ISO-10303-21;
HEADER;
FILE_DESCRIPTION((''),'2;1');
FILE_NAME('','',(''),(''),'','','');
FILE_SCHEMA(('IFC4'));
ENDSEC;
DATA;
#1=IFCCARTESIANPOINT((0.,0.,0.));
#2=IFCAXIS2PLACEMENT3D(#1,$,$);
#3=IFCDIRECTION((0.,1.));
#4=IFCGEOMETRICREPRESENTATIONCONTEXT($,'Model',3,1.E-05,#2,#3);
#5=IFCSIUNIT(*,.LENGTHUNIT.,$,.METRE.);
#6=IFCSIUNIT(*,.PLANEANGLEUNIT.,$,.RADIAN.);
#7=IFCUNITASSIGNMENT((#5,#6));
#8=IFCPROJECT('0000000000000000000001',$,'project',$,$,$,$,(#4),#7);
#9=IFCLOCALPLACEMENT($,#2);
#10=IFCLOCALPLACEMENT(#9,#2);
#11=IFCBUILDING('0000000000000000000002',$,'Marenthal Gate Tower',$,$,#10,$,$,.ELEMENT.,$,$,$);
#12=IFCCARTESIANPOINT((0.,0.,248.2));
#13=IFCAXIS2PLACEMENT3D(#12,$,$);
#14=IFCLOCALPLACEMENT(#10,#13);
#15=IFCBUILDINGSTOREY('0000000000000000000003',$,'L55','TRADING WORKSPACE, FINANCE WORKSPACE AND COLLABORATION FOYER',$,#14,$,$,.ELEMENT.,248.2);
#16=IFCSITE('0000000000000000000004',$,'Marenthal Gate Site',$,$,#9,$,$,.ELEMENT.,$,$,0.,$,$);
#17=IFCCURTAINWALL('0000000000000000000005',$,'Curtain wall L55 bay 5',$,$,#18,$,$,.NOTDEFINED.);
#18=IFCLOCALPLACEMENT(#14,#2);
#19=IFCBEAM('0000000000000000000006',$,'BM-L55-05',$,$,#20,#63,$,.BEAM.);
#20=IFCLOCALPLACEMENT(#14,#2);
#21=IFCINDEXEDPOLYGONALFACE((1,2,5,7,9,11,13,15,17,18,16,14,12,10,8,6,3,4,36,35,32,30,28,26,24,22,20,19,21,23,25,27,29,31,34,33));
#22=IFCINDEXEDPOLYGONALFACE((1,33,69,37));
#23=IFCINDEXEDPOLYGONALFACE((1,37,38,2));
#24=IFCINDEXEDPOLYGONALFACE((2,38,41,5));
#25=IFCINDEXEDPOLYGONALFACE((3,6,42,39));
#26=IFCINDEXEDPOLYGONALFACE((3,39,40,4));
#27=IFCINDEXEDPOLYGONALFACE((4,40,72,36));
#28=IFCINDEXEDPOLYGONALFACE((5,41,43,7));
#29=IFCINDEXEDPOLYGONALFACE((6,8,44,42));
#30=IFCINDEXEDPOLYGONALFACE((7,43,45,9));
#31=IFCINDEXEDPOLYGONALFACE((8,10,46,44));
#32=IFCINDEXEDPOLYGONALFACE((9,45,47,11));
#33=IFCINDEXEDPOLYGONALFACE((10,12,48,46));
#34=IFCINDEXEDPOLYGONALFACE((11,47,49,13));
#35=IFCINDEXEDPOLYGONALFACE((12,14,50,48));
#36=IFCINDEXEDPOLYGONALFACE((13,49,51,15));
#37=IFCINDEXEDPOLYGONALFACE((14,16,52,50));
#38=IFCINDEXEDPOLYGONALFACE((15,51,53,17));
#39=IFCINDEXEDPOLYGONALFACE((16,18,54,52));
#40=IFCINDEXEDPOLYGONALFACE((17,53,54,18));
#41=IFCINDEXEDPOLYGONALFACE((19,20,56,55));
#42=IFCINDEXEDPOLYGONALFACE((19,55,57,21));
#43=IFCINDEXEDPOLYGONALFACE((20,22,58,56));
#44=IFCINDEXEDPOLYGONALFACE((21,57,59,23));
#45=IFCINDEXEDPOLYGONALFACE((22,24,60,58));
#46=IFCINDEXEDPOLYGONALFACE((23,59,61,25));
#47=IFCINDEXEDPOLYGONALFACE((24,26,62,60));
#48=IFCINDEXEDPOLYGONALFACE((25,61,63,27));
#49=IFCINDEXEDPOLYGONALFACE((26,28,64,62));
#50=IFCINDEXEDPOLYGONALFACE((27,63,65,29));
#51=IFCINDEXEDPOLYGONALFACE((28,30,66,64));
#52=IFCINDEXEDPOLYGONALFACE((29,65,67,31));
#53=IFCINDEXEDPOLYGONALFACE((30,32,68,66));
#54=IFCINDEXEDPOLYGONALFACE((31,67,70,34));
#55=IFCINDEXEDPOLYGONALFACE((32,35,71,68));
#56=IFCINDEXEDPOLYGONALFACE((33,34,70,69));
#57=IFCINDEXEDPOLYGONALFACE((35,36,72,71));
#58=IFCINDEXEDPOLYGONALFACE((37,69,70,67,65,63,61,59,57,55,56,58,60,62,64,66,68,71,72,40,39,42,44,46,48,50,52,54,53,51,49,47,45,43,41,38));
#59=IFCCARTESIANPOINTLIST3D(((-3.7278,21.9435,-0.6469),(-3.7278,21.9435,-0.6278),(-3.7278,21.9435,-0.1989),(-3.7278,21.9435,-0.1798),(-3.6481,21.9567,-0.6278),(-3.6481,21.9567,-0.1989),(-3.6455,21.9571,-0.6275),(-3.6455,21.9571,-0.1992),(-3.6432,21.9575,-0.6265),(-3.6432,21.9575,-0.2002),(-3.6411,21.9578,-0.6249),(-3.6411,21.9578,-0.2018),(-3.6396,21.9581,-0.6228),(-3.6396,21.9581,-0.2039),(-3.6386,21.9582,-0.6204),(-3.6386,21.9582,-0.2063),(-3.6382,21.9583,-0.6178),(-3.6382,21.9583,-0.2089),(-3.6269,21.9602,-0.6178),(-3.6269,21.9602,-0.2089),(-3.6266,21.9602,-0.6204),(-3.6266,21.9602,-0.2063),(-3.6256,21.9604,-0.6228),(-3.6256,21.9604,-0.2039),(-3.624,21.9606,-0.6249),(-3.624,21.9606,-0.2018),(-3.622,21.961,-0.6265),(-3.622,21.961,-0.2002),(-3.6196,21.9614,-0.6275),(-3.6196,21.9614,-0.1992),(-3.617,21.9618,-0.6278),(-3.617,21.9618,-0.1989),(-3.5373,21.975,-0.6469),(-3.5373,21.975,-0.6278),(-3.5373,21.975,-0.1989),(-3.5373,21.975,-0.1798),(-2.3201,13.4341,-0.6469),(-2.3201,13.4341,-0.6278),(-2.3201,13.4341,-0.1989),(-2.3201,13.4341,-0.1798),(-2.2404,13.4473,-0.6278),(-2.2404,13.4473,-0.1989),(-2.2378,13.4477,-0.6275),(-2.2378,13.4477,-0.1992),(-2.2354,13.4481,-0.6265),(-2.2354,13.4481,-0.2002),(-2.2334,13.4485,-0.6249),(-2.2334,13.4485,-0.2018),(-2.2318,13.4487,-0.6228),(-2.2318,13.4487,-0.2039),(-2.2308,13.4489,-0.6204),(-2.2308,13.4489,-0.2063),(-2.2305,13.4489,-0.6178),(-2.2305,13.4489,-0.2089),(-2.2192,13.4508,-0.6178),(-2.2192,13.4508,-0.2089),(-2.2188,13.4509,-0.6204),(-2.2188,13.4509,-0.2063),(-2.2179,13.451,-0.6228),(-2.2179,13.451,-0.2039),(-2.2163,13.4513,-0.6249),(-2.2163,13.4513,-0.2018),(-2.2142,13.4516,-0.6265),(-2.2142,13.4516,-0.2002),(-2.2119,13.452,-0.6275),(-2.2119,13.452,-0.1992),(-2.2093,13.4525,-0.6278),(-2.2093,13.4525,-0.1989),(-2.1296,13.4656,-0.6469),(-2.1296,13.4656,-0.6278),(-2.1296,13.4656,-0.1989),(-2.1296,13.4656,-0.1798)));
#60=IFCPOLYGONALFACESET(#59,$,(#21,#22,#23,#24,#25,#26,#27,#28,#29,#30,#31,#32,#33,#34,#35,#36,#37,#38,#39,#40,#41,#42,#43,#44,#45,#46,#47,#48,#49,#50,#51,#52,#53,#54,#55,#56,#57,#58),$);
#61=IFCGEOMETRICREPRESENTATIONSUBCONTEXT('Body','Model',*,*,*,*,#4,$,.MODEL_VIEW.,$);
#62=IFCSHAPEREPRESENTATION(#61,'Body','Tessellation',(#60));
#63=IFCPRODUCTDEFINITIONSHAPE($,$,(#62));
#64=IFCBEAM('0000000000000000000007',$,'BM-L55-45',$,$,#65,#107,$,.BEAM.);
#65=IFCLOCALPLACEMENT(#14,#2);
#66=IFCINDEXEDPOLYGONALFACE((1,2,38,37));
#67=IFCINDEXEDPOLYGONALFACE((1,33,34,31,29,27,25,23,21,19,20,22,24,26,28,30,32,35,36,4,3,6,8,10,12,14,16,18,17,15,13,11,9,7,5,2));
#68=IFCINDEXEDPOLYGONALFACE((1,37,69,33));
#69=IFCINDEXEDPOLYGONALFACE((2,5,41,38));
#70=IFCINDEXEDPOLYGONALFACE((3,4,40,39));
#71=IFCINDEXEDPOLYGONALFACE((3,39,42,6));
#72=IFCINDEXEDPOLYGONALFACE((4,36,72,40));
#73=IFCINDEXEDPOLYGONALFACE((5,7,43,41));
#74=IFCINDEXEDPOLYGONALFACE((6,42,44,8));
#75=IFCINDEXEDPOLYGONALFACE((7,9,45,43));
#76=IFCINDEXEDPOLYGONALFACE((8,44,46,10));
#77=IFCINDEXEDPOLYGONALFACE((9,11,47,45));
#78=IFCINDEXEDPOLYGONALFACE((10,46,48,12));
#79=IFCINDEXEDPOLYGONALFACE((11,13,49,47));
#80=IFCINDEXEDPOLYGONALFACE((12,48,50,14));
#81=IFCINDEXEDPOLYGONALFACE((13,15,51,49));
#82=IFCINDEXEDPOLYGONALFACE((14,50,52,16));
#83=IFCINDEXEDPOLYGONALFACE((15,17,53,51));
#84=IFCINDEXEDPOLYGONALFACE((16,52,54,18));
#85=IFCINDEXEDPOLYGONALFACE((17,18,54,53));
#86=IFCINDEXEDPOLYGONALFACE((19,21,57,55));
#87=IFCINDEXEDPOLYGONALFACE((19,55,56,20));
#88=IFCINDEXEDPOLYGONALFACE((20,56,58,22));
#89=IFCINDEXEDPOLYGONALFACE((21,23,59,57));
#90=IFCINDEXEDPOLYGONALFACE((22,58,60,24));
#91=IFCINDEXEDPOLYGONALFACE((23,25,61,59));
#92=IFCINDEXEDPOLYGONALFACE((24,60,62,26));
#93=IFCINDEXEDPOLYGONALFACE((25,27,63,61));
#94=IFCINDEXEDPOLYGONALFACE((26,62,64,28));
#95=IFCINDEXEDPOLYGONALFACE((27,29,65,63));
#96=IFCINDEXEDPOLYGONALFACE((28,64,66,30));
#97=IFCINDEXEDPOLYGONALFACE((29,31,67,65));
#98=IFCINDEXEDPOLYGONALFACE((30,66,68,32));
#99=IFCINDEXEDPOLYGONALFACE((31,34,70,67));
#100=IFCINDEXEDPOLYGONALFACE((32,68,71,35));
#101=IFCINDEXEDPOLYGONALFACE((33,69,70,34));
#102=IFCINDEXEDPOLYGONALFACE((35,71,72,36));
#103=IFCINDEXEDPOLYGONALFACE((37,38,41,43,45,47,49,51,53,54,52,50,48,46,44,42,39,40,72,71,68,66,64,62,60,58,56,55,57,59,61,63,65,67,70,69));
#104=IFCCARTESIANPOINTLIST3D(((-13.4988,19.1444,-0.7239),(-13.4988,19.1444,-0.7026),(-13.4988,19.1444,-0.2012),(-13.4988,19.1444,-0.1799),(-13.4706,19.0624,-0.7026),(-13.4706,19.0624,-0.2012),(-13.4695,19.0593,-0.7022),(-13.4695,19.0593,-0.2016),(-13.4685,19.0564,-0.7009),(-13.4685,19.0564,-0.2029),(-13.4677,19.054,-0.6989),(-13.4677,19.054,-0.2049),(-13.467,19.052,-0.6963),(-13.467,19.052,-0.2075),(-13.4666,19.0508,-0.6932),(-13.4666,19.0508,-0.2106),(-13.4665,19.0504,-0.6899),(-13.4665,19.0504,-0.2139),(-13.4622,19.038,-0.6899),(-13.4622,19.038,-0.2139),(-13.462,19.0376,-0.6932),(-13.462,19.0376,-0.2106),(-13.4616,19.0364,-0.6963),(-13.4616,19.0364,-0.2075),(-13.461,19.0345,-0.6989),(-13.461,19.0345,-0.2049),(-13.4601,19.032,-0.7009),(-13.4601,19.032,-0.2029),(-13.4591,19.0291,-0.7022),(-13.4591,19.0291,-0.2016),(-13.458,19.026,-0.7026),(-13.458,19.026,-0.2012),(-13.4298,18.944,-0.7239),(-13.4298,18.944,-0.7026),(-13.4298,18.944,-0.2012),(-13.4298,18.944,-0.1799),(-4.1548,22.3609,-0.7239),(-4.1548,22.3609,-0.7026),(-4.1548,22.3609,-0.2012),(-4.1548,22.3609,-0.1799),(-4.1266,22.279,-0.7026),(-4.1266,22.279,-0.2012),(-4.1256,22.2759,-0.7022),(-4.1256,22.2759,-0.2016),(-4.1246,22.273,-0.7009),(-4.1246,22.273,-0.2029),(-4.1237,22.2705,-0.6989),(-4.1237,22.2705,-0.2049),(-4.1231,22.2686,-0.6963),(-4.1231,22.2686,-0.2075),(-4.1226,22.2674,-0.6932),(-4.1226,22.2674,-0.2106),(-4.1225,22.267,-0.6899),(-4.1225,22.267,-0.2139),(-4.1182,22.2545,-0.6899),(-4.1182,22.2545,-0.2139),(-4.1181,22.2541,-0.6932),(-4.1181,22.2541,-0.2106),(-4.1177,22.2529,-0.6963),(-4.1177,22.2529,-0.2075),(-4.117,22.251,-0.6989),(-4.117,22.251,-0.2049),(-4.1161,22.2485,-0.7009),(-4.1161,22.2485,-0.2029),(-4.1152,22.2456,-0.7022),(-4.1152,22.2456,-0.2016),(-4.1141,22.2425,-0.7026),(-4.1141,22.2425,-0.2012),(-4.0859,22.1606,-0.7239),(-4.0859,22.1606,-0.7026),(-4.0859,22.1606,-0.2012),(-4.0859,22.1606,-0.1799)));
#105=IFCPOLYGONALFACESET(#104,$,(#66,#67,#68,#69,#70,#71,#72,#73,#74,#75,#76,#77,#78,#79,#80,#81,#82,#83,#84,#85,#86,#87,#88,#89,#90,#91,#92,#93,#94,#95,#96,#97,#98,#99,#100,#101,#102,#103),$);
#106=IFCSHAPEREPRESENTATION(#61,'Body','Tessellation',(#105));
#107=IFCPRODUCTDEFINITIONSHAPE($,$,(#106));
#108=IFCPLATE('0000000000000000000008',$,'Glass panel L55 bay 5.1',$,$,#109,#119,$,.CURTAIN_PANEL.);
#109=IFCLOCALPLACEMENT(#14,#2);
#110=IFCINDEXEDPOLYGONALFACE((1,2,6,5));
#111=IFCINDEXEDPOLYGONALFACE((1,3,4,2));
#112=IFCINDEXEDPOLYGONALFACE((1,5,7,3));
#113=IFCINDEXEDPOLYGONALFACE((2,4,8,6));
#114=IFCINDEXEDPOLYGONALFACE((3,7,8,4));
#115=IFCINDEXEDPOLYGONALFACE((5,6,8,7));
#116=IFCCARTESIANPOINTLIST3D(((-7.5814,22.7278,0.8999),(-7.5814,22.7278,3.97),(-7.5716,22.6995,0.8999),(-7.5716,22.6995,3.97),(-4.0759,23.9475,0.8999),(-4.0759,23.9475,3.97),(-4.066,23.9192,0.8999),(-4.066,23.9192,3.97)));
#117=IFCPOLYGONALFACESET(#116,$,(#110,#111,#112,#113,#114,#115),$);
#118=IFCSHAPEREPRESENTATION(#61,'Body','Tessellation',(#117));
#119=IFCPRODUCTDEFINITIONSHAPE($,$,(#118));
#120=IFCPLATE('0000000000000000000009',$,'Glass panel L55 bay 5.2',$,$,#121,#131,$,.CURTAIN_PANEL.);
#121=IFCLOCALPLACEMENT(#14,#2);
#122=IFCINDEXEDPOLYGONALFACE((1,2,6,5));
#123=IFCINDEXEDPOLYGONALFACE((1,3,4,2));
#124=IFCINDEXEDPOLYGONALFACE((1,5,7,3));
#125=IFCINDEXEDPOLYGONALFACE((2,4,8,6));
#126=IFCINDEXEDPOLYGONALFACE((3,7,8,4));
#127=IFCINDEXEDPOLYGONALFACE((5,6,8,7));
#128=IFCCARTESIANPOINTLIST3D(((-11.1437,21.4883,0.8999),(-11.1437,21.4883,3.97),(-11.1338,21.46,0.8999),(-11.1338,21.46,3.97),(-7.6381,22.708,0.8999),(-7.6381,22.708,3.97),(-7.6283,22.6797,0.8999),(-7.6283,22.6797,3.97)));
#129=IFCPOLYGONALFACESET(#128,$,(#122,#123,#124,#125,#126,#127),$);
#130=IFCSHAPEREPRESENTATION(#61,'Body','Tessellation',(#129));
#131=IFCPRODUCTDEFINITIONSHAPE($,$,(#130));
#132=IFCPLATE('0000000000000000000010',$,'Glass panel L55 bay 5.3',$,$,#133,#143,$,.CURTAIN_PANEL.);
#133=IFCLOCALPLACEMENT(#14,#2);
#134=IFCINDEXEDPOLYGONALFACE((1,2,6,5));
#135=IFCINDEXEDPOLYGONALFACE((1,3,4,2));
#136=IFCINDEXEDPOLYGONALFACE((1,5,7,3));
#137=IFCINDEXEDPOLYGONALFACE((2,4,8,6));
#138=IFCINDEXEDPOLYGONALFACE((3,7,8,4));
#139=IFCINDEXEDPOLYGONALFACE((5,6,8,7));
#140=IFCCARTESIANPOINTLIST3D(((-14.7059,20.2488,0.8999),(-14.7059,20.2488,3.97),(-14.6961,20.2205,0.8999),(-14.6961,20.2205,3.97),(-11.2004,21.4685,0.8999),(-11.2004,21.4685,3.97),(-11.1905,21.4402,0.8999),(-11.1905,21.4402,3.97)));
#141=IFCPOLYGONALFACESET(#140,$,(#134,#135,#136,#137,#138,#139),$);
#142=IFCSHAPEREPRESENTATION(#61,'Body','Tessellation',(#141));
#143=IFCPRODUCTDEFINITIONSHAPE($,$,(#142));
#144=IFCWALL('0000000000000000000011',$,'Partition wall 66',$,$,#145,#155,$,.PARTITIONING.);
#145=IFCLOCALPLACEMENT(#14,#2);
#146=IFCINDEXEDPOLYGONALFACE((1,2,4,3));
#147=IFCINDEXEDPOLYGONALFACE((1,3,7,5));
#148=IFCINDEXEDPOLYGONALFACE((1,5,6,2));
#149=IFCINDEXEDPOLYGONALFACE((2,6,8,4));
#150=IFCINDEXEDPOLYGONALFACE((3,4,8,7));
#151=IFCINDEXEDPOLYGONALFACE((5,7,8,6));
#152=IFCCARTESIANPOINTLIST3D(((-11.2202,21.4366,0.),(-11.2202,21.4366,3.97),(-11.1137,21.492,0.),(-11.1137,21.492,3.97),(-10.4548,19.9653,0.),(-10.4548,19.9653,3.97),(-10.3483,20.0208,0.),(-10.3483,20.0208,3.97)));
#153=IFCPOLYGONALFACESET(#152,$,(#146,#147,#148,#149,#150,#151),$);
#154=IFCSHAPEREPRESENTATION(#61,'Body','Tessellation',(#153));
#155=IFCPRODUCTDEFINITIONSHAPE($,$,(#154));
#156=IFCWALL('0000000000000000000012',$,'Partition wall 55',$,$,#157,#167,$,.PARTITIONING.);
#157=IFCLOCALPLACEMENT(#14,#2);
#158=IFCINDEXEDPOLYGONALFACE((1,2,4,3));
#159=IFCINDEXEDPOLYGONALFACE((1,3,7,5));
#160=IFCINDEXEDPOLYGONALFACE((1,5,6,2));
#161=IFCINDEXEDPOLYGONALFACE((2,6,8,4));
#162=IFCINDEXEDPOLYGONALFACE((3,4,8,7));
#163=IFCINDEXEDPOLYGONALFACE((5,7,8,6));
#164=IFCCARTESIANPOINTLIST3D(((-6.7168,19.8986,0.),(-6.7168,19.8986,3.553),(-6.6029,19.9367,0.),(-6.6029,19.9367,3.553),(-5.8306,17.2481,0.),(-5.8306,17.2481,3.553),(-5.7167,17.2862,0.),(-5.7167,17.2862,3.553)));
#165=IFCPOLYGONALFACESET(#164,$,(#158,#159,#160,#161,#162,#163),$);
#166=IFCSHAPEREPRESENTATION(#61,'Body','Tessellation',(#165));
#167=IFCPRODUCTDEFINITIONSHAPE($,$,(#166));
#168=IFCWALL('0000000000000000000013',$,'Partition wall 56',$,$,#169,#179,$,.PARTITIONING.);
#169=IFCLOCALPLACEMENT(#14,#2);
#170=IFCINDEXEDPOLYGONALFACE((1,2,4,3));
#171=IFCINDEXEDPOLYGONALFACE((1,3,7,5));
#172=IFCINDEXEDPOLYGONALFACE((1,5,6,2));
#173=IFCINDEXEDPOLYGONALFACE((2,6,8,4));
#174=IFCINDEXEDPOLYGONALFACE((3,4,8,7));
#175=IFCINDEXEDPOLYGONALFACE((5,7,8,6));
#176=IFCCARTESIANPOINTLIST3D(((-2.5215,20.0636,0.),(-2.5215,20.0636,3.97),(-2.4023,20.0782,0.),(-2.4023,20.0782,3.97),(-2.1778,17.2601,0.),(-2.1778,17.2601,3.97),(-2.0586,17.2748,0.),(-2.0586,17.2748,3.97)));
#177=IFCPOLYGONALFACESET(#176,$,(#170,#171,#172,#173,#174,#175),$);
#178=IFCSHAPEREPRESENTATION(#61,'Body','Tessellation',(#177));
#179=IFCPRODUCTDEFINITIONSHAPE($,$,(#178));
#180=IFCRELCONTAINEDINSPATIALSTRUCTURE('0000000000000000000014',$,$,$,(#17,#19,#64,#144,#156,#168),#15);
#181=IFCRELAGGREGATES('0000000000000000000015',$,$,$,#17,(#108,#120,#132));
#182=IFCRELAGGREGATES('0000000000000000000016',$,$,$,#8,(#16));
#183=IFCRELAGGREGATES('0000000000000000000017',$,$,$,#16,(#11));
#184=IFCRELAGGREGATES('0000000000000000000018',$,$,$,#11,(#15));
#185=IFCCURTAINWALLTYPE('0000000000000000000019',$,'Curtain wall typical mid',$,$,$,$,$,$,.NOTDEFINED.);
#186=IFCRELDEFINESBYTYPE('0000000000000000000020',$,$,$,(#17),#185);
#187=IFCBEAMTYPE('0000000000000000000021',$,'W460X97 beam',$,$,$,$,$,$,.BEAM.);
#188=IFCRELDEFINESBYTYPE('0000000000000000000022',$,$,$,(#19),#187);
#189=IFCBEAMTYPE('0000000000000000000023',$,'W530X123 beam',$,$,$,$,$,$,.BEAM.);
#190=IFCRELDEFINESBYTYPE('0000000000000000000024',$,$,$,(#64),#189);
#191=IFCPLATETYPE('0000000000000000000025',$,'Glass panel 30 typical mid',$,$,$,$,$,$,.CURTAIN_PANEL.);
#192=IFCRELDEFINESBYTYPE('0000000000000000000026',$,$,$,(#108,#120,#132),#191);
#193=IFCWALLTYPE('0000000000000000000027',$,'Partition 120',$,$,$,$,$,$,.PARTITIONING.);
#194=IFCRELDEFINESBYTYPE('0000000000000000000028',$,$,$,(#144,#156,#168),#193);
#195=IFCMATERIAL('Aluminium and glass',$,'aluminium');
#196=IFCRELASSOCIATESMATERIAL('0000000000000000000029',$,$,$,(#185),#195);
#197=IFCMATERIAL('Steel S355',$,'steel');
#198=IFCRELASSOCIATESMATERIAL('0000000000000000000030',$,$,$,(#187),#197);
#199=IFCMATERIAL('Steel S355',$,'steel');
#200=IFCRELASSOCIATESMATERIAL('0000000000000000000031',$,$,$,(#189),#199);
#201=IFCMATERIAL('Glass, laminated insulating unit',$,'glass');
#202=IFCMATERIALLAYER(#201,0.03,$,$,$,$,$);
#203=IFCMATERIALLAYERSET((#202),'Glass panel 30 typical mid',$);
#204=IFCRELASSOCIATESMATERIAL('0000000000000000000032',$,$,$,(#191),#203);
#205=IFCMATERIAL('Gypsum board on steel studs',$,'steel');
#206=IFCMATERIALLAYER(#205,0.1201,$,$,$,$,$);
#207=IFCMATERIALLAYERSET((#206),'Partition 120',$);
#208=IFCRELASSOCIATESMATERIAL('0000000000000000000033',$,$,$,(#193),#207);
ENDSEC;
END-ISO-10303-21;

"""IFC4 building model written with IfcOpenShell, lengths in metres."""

from ifc_helpers import new_model, si_unit, direction, frame, frame_2d, origin, origin_2d, place, context, subcontext, project, spatial, rectangle, i_section, extrude, material, layer, layer_set, material_profile, profile_set, type_object, element, aggregate, save


model = new_model("IFC4")

# Units and contexts
model_context = context("Model", 3, precision=1e-05, world=origin(), true_north=direction((0.0, 1.0)))
body_context = subcontext(model_context, "Body", "Model", "MODEL_VIEW")
ifc_project = project(units=[si_unit("LENGTHUNIT", "METRE"), si_unit("PLANEANGLEUNIT", "RADIAN")], contexts=[model_context])

# Site, building, storey
site_placement = place(None, origin())
site = spatial("IfcSite", under=ifc_project, at=site_placement, Name="Marenthal Gate Site", CompositionType="ELEMENT", RefElevation=0.0)
building_placement = place(site_placement, origin())
building = spatial("IfcBuilding", under=site, at=building_placement, Name="Marenthal Gate Tower", CompositionType="ELEMENT")
storey_placement = place(building_placement, frame((0.0, 0.0, 248.2)))
storey = spatial("IfcBuildingStorey", under=building, at=storey_placement, Name="L55", Description="TRADING WORKSPACE, FINANCE WORKSPACE AND COLLABORATION FOYER", CompositionType="ELEMENT", Elevation=248.2)

# Curtain wall
ifc_material_1 = material(Name="Aluminium and glass", Category="aluminium")
curtain_wall_type = type_object("IfcCurtainWallType", Name="Curtain wall typical mid", PredefinedType="NOTDEFINED", material=ifc_material_1)
curtain_wall_placement = place(storey_placement, origin())
curtain_wall = element("IfcCurtainWall", 1, at=curtain_wall_placement, inside=storey, type_object=curtain_wall_type, Name="Curtain wall L55 bay 5", PredefinedType="NOTDEFINED")

# Beams
ifc_material_2 = material(Name="Steel S355", Category="steel")
ifc_material_profile_1 = material_profile(ifc_material_2, i_section(OverallWidth=0.1931, OverallDepth=0.467, WebThickness=0.0115, FlangeThickness=0.019, FilletRadius=0.01, at=origin_2d()), Name="W460X97")
ifc_profile_set_1 = profile_set([ifc_material_profile_1], Name="Steel S355")
beam_type_1 = type_object("IfcBeamType", Name="W460X97 beam", PredefinedType="BEAM", material=ifc_profile_set_1)
beam_1_placement = place(storey_placement, frame((-3.6326, 21.9592, -0.4133), z_axis=(0.163215, -0.986591, 0.0), x_axis=(0.986591, 0.163215, 0.0)))
element("IfcBeam", 2, at=beam_1_placement, inside=storey, type_object=beam_type_1, Name="BM-L55-05", PredefinedType="BEAM", context=body_context, shape_type="SweptSolid", body=[
    extrude(i_section(OverallWidth=0.1931, OverallDepth=0.467, WebThickness=0.0115, FlangeThickness=0.019, FilletRadius=0.01, at=origin_2d()), origin(), (0.0, 0.0, 1.0), 8.625),
])
ifc_material_3 = material(Name="Steel S355", Category="steel")
ifc_material_profile_2 = material_profile(ifc_material_3, i_section(OverallWidth=0.2119, OverallDepth=0.5439, WebThickness=0.0132, FlangeThickness=0.0212, FilletRadius=0.0127, at=origin_2d()), Name="W530X123")
ifc_profile_set_2 = profile_set([ifc_material_profile_2], Name="Steel S355")
beam_type_2 = type_object("IfcBeamType", Name="W530X123 beam", PredefinedType="BEAM", material=ifc_profile_set_2)
beam_2_placement = place(storey_placement, frame((-4.1204, 22.2607, -0.4519), z_axis=(-0.945545, -0.325492, 0.0), x_axis=(0.325492, -0.945545, 0.0)))
element("IfcBeam", 3, at=beam_2_placement, inside=storey, type_object=beam_type_2, Name="BM-L55-45", PredefinedType="BEAM", context=body_context, shape_type="SweptSolid", body=[
    extrude(i_section(OverallWidth=0.2119, OverallDepth=0.5439, WebThickness=0.0132, FlangeThickness=0.0212, FilletRadius=0.0127, at=origin_2d()), origin(), (0.0, 0.0, 1.0), 9.8821),
])

# Plates
ifc_material_4 = material(Name="Glass, laminated insulating unit", Category="glass")
ifc_layer_1 = layer(ifc_material_4, 0.03)
ifc_layer_set_1 = layer_set([ifc_layer_1], Name="Glass panel 30 typical mid")
plate_type = type_object("IfcPlateType", Name="Glass panel 30 typical mid", PredefinedType="CURTAIN_PANEL", material=ifc_layer_set_1)
plate_1_placement = place(storey_placement, frame((-5.8237, 23.3235, 0.8999), z_axis=(0.0, 0.0, 1.0), x_axis=(-0.944465, -0.328612, 0.0)))
plate_1 = element("IfcPlate", 4, at=plate_1_placement, type_object=plate_type, Name="Glass panel L55 bay 5.1", PredefinedType="CURTAIN_PANEL", context=body_context, shape_type="SweptSolid", body=[
    extrude(rectangle(XDim=3.7117, YDim=0.03, at=origin_2d()), origin(), (0.0, 0.0, 1.0), 3.0701),
])
plate_2_placement = place(storey_placement, frame((-9.386, 22.084, 0.8999), z_axis=(0.0, 0.0, 1.0), x_axis=(-0.944465, -0.328612, 0.0)))
plate_2 = element("IfcPlate", 5, at=plate_2_placement, type_object=plate_type, Name="Glass panel L55 bay 5.2", PredefinedType="CURTAIN_PANEL", context=body_context, shape_type="SweptSolid", body=[
    extrude(rectangle(XDim=3.7117, YDim=0.03, at=origin_2d()), origin(), (0.0, 0.0, 1.0), 3.0701),
])
plate_3_placement = place(storey_placement, frame((-12.9482, 20.8445, 0.8999), z_axis=(0.0, 0.0, 1.0), x_axis=(-0.944465, -0.328612, 0.0)))
plate_3 = element("IfcPlate", 6, at=plate_3_placement, type_object=plate_type, Name="Glass panel L55 bay 5.3", PredefinedType="CURTAIN_PANEL", context=body_context, shape_type="SweptSolid", body=[
    extrude(rectangle(XDim=3.7117, YDim=0.03, at=origin_2d()), origin(), (0.0, 0.0, 1.0), 3.0701),
])
aggregate(curtain_wall, [plate_1, plate_2, plate_3])

# Walls
ifc_material_5 = material(Name="Gypsum board on steel studs", Category="steel")
ifc_layer_2 = layer(ifc_material_5, 0.1201)
ifc_layer_set_2 = layer_set([ifc_layer_2], Name="Partition 120")
wall_type = type_object("IfcWallType", Name="Partition 120", PredefinedType="PARTITIONING", material=ifc_layer_set_2)
wall_1_placement = place(storey_placement, frame((-10.4016, 19.9932, 0.0), z_axis=(0.0, 0.0, 1.0), x_axis=(-0.461524, 0.887128, 0.0)))
element("IfcWall", 7, at=wall_1_placement, inside=storey, type_object=wall_type, Name="Partition wall 66", PredefinedType="PARTITIONING", context=body_context, shape_type="SweptSolid", body=[
    extrude(rectangle(XDim=1.6584, YDim=0.1201, at=frame_2d((0.8291, 0.0))), origin(), (0.0, 0.0, 1.0), 3.97),
])
wall_2_placement = place(storey_placement, frame((-6.6599, 19.9177, 0.0), z_axis=(0.0, 0.0, 1.0), x_axis=(0.317119, -0.948386, 0.0)))
element("IfcWall", 8, at=wall_2_placement, inside=storey, type_object=wall_type, Name="Partition wall 55", PredefinedType="PARTITIONING", context=body_context, shape_type="SweptSolid", body=[
    extrude(rectangle(XDim=2.7947, YDim=0.1201, at=frame_2d((1.3975, 0.0))), origin(), (0.0, 0.0, 1.0), 3.553),
])
wall_3_placement = place(storey_placement, frame((-2.4619, 20.0708, 0.0), z_axis=(0.0, 0.0, 1.0), x_axis=(0.121705, -0.992566, 0.0)))
element("IfcWall", 9, at=wall_3_placement, inside=storey, type_object=wall_type, Name="Partition wall 56", PredefinedType="PARTITIONING", context=body_context, shape_type="SweptSolid", body=[
    extrude(rectangle(XDim=2.8245, YDim=0.1201, at=frame_2d((1.4121, 0.0))), origin(), (0.0, 0.0, 1.0), 3.97),
])

save(model, "model.ifc")
